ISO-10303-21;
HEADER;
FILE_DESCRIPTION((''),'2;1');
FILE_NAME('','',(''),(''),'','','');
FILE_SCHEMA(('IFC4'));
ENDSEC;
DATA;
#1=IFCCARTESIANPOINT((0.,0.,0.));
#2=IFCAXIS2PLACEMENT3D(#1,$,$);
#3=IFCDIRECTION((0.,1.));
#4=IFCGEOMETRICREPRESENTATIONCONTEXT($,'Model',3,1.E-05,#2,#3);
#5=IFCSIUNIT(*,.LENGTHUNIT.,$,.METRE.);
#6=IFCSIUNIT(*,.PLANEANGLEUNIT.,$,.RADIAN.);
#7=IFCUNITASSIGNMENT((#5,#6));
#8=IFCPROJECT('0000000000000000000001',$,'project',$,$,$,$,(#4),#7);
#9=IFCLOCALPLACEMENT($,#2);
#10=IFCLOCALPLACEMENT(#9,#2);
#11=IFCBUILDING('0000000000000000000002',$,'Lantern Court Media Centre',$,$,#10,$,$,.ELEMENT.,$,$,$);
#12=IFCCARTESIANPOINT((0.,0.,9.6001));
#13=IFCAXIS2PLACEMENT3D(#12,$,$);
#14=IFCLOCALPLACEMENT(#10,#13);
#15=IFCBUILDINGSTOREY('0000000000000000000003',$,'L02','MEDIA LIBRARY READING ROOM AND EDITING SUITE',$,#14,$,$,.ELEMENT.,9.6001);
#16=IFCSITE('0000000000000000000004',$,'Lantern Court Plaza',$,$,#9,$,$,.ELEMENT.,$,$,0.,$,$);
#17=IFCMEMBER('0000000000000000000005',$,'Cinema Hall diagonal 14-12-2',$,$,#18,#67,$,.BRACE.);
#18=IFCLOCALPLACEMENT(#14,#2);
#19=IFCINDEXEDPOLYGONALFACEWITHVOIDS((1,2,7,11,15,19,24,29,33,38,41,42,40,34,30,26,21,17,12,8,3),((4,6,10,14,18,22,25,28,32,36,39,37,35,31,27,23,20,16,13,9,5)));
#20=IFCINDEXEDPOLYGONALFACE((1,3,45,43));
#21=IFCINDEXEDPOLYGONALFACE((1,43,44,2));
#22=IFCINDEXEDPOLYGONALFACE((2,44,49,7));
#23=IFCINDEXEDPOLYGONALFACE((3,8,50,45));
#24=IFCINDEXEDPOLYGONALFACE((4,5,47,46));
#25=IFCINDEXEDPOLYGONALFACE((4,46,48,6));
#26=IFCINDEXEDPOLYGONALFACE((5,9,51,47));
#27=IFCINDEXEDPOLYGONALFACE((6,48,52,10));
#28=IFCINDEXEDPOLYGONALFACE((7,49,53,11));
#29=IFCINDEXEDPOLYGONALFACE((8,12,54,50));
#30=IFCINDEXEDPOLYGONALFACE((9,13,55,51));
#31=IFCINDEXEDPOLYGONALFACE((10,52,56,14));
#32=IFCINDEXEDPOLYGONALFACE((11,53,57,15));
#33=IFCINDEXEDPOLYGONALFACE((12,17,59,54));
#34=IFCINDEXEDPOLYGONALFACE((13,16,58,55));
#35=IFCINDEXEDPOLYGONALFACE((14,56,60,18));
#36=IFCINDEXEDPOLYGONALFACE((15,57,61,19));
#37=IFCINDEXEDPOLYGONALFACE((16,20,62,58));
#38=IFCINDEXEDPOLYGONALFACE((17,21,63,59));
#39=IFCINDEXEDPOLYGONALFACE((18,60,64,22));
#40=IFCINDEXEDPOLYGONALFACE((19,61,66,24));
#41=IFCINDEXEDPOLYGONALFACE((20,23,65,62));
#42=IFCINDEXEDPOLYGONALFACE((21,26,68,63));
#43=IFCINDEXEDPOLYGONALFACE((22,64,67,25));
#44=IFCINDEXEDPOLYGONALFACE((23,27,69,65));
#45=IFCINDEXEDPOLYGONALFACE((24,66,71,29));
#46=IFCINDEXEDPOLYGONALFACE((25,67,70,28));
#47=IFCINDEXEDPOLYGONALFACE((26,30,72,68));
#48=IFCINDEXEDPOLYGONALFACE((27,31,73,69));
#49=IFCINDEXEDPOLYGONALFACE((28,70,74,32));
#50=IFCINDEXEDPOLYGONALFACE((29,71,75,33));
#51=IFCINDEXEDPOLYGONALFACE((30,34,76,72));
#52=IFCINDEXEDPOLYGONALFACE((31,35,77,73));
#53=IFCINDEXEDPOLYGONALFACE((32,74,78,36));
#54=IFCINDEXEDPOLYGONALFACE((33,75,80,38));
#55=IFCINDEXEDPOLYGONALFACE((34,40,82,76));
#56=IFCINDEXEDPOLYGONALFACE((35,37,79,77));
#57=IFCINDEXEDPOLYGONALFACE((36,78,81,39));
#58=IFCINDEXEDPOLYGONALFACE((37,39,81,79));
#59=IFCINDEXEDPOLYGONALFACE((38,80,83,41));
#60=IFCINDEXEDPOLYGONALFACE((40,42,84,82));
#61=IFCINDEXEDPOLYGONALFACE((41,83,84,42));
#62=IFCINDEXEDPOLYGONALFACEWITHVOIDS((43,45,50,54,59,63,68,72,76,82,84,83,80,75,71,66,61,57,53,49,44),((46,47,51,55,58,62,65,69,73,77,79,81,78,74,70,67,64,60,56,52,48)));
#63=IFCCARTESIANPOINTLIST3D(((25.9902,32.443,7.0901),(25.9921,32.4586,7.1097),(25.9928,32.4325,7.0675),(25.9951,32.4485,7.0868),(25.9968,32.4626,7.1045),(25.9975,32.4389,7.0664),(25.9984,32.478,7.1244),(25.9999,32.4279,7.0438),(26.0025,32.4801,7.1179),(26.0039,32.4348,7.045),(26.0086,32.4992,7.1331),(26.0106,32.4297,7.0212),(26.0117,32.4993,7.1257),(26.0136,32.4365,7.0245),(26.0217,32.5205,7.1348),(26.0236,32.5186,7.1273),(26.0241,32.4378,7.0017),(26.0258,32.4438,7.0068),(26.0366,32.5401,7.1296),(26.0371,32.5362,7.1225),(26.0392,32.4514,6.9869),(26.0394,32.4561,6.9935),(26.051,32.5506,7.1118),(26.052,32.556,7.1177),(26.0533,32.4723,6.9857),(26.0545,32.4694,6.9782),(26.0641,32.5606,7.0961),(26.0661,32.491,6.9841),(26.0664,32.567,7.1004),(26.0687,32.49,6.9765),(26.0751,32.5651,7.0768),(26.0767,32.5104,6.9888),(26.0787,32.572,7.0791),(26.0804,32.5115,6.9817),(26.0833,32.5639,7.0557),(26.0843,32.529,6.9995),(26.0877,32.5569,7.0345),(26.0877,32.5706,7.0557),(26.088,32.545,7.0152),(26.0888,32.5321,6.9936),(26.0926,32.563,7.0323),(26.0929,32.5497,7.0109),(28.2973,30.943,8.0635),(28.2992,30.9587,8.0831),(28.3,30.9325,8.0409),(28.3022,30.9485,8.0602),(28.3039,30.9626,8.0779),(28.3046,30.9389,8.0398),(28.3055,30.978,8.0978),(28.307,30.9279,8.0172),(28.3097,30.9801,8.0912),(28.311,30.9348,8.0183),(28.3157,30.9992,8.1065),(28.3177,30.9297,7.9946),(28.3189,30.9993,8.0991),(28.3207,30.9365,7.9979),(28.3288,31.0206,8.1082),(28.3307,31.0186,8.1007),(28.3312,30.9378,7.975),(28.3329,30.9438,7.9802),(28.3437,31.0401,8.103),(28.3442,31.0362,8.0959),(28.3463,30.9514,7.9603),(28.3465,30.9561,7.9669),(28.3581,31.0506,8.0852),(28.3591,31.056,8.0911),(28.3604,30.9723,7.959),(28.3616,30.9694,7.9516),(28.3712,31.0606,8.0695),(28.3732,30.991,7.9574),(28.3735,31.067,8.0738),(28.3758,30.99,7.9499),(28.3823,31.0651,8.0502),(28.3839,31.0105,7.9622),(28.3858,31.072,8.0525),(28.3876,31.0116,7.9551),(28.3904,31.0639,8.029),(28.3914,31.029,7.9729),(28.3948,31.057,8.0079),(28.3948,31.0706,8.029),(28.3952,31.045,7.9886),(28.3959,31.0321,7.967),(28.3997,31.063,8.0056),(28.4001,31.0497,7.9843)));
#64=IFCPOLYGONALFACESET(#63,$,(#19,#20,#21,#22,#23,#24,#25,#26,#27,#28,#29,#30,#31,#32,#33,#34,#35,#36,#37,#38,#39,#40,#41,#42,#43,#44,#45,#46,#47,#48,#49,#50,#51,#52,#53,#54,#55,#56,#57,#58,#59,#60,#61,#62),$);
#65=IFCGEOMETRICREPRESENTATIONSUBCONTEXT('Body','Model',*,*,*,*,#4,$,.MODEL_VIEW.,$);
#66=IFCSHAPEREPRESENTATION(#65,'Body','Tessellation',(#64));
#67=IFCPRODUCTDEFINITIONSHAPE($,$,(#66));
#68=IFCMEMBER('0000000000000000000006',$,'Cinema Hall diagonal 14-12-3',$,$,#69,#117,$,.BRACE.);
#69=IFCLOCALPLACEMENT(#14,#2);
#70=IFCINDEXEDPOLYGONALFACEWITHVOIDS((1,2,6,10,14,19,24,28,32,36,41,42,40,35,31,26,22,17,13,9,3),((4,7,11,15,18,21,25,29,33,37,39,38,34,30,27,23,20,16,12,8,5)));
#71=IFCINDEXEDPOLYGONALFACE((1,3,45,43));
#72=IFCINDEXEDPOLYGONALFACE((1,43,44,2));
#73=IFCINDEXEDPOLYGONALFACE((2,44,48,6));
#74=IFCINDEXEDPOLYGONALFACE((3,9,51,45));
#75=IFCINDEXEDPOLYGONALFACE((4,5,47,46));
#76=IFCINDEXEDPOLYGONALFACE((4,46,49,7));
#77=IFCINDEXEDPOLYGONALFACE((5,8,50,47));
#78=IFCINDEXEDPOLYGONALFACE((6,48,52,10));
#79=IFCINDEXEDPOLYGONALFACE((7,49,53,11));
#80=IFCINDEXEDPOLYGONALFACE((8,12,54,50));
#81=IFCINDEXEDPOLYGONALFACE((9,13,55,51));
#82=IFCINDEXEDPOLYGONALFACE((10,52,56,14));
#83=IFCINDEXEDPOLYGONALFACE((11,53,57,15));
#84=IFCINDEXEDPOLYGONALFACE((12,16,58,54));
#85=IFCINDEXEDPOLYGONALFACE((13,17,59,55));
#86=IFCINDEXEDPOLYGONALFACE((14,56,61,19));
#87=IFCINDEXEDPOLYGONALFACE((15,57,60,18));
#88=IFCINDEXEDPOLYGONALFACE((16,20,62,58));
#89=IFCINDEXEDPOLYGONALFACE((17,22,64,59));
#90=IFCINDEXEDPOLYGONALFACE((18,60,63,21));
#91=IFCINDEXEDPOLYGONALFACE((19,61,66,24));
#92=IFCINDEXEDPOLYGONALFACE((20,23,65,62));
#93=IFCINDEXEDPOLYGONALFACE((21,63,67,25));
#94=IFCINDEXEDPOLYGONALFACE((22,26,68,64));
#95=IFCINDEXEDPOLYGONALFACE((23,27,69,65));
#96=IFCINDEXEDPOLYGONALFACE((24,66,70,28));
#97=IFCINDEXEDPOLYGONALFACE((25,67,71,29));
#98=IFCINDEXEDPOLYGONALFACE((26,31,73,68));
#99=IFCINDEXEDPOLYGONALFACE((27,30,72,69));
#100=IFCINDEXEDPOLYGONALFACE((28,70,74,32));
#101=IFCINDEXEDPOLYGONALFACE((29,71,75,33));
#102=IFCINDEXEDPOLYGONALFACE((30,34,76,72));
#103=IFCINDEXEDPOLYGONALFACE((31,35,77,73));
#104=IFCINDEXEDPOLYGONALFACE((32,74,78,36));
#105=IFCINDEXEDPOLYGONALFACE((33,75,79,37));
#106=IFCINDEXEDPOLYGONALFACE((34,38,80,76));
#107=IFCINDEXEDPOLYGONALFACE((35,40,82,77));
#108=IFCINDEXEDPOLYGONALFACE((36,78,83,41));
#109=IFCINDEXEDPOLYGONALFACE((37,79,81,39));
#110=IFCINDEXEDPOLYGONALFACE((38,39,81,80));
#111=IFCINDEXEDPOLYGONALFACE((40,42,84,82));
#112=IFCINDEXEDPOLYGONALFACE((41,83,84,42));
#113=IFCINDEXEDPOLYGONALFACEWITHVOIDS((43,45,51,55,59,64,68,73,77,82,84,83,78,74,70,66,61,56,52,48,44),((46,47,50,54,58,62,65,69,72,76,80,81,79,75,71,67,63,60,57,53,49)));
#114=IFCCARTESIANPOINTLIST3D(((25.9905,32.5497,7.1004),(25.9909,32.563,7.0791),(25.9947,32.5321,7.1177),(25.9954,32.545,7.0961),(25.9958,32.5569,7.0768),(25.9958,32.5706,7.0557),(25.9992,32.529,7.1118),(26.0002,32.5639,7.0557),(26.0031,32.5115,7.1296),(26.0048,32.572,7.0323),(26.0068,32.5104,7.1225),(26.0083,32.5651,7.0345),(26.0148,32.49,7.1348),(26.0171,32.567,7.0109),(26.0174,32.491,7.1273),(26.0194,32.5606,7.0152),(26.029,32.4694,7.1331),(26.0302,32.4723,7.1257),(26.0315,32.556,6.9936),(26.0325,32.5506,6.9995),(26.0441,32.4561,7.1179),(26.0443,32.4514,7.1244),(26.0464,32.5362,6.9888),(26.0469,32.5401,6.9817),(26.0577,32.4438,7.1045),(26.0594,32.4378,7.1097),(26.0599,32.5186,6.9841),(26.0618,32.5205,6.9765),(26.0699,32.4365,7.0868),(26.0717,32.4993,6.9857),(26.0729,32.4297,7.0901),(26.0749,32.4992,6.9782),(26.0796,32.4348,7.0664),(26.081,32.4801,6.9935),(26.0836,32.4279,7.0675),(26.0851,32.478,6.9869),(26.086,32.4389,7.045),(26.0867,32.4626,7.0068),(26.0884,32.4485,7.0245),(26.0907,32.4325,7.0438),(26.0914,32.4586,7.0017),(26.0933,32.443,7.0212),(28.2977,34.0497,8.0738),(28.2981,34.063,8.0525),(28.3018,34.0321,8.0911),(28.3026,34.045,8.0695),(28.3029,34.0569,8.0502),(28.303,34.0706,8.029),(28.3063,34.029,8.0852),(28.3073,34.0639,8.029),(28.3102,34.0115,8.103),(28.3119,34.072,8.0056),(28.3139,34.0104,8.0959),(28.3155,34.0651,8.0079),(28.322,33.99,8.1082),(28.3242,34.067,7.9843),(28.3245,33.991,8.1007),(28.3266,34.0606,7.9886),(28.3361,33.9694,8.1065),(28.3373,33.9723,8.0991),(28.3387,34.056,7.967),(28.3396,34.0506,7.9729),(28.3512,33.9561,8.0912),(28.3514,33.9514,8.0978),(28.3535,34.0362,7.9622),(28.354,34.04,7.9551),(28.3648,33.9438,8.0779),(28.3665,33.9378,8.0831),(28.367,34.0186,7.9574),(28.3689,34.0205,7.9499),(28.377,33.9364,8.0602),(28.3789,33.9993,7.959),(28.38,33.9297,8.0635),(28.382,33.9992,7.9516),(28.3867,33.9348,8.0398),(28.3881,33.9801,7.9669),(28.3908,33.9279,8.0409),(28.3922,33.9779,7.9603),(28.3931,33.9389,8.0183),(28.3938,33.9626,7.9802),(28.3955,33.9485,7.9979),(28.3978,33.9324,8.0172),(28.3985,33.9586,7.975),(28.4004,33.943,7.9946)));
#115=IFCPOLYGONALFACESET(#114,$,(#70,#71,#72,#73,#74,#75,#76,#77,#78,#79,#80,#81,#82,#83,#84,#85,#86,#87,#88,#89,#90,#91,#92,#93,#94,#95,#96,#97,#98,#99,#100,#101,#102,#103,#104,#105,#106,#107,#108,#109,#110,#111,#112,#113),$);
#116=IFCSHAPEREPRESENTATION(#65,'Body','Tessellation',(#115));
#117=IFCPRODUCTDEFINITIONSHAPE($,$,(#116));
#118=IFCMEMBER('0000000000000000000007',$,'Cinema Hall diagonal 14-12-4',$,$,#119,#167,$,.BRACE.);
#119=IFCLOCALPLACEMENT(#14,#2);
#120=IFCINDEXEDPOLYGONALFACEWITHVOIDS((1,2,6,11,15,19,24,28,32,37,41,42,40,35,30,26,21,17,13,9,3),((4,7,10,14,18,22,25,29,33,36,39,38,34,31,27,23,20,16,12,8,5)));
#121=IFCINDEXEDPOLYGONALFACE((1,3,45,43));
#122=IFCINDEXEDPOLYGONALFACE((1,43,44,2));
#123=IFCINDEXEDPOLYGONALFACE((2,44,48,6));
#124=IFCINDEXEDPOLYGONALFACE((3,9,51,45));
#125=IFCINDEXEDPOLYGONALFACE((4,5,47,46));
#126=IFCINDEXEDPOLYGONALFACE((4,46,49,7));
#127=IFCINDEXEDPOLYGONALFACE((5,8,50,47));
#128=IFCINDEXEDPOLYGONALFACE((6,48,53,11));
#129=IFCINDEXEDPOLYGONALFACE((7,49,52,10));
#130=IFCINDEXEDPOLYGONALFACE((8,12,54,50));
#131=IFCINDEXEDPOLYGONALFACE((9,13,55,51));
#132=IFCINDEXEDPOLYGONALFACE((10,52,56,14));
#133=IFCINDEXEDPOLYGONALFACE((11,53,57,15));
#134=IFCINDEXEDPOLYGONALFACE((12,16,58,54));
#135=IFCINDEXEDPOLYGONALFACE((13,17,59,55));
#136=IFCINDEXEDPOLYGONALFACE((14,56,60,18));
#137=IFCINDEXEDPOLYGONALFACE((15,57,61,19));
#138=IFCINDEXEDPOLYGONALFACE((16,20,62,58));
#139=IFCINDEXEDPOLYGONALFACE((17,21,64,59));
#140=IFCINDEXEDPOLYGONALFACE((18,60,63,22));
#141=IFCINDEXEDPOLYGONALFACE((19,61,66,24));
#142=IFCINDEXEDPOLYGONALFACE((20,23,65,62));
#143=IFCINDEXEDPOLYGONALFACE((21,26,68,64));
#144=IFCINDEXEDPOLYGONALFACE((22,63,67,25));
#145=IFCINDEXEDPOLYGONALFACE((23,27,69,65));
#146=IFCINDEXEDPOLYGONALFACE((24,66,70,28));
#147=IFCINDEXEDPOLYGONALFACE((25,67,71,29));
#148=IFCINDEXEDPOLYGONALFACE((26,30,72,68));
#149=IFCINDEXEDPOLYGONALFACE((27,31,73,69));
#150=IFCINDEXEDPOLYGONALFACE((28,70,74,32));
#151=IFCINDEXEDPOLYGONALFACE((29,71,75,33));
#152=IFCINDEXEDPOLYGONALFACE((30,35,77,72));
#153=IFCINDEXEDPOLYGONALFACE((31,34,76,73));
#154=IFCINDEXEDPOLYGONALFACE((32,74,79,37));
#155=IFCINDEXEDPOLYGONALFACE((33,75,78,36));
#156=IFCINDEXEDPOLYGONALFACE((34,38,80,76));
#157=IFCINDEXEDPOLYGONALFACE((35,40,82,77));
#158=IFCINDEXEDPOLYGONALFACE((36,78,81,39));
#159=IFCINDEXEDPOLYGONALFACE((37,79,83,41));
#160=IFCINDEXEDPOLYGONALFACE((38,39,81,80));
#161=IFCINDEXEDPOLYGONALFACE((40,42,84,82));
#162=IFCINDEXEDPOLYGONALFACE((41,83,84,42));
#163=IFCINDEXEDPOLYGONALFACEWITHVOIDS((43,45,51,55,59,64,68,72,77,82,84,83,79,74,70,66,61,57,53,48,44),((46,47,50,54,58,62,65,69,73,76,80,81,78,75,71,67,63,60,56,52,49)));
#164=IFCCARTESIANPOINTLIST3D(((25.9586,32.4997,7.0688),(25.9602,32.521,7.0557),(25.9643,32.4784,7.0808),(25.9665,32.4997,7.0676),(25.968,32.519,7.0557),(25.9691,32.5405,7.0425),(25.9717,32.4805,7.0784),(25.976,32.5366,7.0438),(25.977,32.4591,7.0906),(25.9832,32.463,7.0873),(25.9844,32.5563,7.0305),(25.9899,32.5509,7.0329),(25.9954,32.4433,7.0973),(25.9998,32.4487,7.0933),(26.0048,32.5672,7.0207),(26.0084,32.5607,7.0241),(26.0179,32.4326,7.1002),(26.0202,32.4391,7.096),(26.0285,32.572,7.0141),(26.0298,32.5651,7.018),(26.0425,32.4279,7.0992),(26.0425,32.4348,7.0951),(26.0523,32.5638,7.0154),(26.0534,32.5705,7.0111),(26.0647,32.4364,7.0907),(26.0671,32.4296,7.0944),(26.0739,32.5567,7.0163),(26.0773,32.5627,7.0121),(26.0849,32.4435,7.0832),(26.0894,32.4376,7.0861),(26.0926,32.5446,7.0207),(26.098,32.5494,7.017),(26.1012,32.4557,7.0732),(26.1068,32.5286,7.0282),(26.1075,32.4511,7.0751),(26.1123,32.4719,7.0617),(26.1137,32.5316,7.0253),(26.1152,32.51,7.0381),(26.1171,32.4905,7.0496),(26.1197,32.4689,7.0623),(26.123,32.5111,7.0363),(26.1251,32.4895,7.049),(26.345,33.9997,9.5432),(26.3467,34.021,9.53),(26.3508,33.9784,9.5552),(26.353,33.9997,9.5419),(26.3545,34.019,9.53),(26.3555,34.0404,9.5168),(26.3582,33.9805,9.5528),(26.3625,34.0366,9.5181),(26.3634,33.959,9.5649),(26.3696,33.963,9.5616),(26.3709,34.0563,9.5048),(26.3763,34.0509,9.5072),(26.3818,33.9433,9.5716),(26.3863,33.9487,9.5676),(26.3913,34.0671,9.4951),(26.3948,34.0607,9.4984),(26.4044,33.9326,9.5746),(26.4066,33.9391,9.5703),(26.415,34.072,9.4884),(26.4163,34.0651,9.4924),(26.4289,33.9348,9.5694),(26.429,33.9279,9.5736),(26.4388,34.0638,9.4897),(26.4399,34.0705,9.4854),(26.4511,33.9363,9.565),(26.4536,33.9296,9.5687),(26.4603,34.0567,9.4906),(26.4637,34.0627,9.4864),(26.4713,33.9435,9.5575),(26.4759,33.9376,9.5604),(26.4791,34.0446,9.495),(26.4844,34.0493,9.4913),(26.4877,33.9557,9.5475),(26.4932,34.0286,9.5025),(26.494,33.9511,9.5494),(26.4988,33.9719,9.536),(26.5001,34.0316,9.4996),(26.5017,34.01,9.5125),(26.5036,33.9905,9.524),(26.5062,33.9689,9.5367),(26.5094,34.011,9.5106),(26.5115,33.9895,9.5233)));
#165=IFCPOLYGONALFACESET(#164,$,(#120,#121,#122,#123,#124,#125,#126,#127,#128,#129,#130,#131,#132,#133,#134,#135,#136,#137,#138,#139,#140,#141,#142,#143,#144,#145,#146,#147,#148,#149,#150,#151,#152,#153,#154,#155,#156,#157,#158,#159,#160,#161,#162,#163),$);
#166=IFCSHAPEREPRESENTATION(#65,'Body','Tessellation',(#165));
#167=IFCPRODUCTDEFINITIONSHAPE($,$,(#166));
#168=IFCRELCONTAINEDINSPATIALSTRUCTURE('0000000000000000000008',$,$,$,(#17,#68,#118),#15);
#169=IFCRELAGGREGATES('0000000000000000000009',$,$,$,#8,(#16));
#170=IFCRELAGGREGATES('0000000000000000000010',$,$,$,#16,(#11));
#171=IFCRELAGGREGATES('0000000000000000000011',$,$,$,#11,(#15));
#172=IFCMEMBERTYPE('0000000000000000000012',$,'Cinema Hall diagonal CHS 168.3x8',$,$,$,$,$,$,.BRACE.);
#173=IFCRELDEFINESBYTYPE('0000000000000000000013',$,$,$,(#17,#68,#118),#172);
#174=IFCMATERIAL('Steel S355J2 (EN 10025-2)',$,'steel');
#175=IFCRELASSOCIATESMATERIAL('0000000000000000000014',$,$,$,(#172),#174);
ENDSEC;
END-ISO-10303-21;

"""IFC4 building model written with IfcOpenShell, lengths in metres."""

from ifc_helpers import new_model, si_unit, direction, frame, origin, origin_2d, place, context, subcontext, project, spatial, hollow_circle, extrude, material, material_profile, profile_set, type_object, element, save


model = new_model("IFC4")

# Units and contexts
model_context = context("Model", 3, precision=1e-05, world=origin(), true_north=direction((0.0, 1.0)))
body_context = subcontext(model_context, "Body", "Model", "MODEL_VIEW")
ifc_project = project(units=[si_unit("LENGTHUNIT", "METRE"), si_unit("PLANEANGLEUNIT", "RADIAN")], contexts=[model_context])

# Site, building, storey
site_placement = place(None, origin())
site = spatial("IfcSite", under=ifc_project, at=site_placement, Name="Lantern Court Plaza", CompositionType="ELEMENT", RefElevation=0.0)
building_placement = place(site_placement, origin())
building = spatial("IfcBuilding", under=site, at=building_placement, Name="Lantern Court Media Centre", CompositionType="ELEMENT")
storey_placement = place(building_placement, frame((0.0, 0.0, 9.6001)))
storey = spatial("IfcBuildingStorey", under=building, at=storey_placement, Name="L02", Description="MEDIA LIBRARY READING ROOM AND EDITING SUITE", CompositionType="ELEMENT", Elevation=9.6001)

# Members
ifc_material = material(Name="Steel S355J2 (EN 10025-2)", Category="steel")
ifc_material_profile_1 = material_profile(ifc_material, hollow_circle(Radius=0.0842, WallThickness=0.0081, at=origin_2d()), Name="Cinema Hall diagonal CHS 168.3x8")
ifc_profile_set_1 = profile_set([ifc_material_profile_1], Name="Steel S355J2 (EN 10025-2)")
member_type_1 = type_object("IfcMemberType", Name="Cinema Hall diagonal CHS 168.3x8", PredefinedType="BRACE", material=ifc_profile_set_1)
for number, where, z_axis, x_axis, name in (
    (1, (26.0417, 32.5, 7.0557), (0.790394, -0.513882, 0.333471), (0.545082, 0.838383, 0.0), "Cinema Hall diagonal 14-12-2"),
    (2, (26.0417, 32.5, 7.0557), (0.790394, 0.513882, 0.333471), (-0.545082, 0.838383, 0.0), "Cinema Hall diagonal 14-12-3"),
):
    element("IfcMember", number, at=place(storey_placement, frame(where, z_axis=z_axis, x_axis=x_axis)), inside=storey, type_object=member_type_1, Name=name, PredefinedType="BRACE", context=body_context, shape_type="SweptSolid", body=[
        extrude(hollow_circle(Radius=0.0842, WallThickness=0.0081, at=origin_2d()), origin(), (0.0, 0.0, 1.0), 2.9189),
    ])
member_1_placement = place(storey_placement, frame((26.0417, 32.5, 7.0557), z_axis=(0.13239, 0.513836, 0.847612), x_axis=(-0.968374, 0.249501, 0.0)))
element("IfcMember", 3, at=member_1_placement, inside=storey, type_object=member_type_1, Name="Cinema Hall diagonal 14-12-4", PredefinedType="BRACE", context=body_context, shape_type="SweptSolid", body=[
    extrude(hollow_circle(Radius=0.0842, WallThickness=0.0081, at=origin_2d()), origin(), (0.0, 0.0, 1.0), 2.9192),
])

save(model, "model.ifc")
